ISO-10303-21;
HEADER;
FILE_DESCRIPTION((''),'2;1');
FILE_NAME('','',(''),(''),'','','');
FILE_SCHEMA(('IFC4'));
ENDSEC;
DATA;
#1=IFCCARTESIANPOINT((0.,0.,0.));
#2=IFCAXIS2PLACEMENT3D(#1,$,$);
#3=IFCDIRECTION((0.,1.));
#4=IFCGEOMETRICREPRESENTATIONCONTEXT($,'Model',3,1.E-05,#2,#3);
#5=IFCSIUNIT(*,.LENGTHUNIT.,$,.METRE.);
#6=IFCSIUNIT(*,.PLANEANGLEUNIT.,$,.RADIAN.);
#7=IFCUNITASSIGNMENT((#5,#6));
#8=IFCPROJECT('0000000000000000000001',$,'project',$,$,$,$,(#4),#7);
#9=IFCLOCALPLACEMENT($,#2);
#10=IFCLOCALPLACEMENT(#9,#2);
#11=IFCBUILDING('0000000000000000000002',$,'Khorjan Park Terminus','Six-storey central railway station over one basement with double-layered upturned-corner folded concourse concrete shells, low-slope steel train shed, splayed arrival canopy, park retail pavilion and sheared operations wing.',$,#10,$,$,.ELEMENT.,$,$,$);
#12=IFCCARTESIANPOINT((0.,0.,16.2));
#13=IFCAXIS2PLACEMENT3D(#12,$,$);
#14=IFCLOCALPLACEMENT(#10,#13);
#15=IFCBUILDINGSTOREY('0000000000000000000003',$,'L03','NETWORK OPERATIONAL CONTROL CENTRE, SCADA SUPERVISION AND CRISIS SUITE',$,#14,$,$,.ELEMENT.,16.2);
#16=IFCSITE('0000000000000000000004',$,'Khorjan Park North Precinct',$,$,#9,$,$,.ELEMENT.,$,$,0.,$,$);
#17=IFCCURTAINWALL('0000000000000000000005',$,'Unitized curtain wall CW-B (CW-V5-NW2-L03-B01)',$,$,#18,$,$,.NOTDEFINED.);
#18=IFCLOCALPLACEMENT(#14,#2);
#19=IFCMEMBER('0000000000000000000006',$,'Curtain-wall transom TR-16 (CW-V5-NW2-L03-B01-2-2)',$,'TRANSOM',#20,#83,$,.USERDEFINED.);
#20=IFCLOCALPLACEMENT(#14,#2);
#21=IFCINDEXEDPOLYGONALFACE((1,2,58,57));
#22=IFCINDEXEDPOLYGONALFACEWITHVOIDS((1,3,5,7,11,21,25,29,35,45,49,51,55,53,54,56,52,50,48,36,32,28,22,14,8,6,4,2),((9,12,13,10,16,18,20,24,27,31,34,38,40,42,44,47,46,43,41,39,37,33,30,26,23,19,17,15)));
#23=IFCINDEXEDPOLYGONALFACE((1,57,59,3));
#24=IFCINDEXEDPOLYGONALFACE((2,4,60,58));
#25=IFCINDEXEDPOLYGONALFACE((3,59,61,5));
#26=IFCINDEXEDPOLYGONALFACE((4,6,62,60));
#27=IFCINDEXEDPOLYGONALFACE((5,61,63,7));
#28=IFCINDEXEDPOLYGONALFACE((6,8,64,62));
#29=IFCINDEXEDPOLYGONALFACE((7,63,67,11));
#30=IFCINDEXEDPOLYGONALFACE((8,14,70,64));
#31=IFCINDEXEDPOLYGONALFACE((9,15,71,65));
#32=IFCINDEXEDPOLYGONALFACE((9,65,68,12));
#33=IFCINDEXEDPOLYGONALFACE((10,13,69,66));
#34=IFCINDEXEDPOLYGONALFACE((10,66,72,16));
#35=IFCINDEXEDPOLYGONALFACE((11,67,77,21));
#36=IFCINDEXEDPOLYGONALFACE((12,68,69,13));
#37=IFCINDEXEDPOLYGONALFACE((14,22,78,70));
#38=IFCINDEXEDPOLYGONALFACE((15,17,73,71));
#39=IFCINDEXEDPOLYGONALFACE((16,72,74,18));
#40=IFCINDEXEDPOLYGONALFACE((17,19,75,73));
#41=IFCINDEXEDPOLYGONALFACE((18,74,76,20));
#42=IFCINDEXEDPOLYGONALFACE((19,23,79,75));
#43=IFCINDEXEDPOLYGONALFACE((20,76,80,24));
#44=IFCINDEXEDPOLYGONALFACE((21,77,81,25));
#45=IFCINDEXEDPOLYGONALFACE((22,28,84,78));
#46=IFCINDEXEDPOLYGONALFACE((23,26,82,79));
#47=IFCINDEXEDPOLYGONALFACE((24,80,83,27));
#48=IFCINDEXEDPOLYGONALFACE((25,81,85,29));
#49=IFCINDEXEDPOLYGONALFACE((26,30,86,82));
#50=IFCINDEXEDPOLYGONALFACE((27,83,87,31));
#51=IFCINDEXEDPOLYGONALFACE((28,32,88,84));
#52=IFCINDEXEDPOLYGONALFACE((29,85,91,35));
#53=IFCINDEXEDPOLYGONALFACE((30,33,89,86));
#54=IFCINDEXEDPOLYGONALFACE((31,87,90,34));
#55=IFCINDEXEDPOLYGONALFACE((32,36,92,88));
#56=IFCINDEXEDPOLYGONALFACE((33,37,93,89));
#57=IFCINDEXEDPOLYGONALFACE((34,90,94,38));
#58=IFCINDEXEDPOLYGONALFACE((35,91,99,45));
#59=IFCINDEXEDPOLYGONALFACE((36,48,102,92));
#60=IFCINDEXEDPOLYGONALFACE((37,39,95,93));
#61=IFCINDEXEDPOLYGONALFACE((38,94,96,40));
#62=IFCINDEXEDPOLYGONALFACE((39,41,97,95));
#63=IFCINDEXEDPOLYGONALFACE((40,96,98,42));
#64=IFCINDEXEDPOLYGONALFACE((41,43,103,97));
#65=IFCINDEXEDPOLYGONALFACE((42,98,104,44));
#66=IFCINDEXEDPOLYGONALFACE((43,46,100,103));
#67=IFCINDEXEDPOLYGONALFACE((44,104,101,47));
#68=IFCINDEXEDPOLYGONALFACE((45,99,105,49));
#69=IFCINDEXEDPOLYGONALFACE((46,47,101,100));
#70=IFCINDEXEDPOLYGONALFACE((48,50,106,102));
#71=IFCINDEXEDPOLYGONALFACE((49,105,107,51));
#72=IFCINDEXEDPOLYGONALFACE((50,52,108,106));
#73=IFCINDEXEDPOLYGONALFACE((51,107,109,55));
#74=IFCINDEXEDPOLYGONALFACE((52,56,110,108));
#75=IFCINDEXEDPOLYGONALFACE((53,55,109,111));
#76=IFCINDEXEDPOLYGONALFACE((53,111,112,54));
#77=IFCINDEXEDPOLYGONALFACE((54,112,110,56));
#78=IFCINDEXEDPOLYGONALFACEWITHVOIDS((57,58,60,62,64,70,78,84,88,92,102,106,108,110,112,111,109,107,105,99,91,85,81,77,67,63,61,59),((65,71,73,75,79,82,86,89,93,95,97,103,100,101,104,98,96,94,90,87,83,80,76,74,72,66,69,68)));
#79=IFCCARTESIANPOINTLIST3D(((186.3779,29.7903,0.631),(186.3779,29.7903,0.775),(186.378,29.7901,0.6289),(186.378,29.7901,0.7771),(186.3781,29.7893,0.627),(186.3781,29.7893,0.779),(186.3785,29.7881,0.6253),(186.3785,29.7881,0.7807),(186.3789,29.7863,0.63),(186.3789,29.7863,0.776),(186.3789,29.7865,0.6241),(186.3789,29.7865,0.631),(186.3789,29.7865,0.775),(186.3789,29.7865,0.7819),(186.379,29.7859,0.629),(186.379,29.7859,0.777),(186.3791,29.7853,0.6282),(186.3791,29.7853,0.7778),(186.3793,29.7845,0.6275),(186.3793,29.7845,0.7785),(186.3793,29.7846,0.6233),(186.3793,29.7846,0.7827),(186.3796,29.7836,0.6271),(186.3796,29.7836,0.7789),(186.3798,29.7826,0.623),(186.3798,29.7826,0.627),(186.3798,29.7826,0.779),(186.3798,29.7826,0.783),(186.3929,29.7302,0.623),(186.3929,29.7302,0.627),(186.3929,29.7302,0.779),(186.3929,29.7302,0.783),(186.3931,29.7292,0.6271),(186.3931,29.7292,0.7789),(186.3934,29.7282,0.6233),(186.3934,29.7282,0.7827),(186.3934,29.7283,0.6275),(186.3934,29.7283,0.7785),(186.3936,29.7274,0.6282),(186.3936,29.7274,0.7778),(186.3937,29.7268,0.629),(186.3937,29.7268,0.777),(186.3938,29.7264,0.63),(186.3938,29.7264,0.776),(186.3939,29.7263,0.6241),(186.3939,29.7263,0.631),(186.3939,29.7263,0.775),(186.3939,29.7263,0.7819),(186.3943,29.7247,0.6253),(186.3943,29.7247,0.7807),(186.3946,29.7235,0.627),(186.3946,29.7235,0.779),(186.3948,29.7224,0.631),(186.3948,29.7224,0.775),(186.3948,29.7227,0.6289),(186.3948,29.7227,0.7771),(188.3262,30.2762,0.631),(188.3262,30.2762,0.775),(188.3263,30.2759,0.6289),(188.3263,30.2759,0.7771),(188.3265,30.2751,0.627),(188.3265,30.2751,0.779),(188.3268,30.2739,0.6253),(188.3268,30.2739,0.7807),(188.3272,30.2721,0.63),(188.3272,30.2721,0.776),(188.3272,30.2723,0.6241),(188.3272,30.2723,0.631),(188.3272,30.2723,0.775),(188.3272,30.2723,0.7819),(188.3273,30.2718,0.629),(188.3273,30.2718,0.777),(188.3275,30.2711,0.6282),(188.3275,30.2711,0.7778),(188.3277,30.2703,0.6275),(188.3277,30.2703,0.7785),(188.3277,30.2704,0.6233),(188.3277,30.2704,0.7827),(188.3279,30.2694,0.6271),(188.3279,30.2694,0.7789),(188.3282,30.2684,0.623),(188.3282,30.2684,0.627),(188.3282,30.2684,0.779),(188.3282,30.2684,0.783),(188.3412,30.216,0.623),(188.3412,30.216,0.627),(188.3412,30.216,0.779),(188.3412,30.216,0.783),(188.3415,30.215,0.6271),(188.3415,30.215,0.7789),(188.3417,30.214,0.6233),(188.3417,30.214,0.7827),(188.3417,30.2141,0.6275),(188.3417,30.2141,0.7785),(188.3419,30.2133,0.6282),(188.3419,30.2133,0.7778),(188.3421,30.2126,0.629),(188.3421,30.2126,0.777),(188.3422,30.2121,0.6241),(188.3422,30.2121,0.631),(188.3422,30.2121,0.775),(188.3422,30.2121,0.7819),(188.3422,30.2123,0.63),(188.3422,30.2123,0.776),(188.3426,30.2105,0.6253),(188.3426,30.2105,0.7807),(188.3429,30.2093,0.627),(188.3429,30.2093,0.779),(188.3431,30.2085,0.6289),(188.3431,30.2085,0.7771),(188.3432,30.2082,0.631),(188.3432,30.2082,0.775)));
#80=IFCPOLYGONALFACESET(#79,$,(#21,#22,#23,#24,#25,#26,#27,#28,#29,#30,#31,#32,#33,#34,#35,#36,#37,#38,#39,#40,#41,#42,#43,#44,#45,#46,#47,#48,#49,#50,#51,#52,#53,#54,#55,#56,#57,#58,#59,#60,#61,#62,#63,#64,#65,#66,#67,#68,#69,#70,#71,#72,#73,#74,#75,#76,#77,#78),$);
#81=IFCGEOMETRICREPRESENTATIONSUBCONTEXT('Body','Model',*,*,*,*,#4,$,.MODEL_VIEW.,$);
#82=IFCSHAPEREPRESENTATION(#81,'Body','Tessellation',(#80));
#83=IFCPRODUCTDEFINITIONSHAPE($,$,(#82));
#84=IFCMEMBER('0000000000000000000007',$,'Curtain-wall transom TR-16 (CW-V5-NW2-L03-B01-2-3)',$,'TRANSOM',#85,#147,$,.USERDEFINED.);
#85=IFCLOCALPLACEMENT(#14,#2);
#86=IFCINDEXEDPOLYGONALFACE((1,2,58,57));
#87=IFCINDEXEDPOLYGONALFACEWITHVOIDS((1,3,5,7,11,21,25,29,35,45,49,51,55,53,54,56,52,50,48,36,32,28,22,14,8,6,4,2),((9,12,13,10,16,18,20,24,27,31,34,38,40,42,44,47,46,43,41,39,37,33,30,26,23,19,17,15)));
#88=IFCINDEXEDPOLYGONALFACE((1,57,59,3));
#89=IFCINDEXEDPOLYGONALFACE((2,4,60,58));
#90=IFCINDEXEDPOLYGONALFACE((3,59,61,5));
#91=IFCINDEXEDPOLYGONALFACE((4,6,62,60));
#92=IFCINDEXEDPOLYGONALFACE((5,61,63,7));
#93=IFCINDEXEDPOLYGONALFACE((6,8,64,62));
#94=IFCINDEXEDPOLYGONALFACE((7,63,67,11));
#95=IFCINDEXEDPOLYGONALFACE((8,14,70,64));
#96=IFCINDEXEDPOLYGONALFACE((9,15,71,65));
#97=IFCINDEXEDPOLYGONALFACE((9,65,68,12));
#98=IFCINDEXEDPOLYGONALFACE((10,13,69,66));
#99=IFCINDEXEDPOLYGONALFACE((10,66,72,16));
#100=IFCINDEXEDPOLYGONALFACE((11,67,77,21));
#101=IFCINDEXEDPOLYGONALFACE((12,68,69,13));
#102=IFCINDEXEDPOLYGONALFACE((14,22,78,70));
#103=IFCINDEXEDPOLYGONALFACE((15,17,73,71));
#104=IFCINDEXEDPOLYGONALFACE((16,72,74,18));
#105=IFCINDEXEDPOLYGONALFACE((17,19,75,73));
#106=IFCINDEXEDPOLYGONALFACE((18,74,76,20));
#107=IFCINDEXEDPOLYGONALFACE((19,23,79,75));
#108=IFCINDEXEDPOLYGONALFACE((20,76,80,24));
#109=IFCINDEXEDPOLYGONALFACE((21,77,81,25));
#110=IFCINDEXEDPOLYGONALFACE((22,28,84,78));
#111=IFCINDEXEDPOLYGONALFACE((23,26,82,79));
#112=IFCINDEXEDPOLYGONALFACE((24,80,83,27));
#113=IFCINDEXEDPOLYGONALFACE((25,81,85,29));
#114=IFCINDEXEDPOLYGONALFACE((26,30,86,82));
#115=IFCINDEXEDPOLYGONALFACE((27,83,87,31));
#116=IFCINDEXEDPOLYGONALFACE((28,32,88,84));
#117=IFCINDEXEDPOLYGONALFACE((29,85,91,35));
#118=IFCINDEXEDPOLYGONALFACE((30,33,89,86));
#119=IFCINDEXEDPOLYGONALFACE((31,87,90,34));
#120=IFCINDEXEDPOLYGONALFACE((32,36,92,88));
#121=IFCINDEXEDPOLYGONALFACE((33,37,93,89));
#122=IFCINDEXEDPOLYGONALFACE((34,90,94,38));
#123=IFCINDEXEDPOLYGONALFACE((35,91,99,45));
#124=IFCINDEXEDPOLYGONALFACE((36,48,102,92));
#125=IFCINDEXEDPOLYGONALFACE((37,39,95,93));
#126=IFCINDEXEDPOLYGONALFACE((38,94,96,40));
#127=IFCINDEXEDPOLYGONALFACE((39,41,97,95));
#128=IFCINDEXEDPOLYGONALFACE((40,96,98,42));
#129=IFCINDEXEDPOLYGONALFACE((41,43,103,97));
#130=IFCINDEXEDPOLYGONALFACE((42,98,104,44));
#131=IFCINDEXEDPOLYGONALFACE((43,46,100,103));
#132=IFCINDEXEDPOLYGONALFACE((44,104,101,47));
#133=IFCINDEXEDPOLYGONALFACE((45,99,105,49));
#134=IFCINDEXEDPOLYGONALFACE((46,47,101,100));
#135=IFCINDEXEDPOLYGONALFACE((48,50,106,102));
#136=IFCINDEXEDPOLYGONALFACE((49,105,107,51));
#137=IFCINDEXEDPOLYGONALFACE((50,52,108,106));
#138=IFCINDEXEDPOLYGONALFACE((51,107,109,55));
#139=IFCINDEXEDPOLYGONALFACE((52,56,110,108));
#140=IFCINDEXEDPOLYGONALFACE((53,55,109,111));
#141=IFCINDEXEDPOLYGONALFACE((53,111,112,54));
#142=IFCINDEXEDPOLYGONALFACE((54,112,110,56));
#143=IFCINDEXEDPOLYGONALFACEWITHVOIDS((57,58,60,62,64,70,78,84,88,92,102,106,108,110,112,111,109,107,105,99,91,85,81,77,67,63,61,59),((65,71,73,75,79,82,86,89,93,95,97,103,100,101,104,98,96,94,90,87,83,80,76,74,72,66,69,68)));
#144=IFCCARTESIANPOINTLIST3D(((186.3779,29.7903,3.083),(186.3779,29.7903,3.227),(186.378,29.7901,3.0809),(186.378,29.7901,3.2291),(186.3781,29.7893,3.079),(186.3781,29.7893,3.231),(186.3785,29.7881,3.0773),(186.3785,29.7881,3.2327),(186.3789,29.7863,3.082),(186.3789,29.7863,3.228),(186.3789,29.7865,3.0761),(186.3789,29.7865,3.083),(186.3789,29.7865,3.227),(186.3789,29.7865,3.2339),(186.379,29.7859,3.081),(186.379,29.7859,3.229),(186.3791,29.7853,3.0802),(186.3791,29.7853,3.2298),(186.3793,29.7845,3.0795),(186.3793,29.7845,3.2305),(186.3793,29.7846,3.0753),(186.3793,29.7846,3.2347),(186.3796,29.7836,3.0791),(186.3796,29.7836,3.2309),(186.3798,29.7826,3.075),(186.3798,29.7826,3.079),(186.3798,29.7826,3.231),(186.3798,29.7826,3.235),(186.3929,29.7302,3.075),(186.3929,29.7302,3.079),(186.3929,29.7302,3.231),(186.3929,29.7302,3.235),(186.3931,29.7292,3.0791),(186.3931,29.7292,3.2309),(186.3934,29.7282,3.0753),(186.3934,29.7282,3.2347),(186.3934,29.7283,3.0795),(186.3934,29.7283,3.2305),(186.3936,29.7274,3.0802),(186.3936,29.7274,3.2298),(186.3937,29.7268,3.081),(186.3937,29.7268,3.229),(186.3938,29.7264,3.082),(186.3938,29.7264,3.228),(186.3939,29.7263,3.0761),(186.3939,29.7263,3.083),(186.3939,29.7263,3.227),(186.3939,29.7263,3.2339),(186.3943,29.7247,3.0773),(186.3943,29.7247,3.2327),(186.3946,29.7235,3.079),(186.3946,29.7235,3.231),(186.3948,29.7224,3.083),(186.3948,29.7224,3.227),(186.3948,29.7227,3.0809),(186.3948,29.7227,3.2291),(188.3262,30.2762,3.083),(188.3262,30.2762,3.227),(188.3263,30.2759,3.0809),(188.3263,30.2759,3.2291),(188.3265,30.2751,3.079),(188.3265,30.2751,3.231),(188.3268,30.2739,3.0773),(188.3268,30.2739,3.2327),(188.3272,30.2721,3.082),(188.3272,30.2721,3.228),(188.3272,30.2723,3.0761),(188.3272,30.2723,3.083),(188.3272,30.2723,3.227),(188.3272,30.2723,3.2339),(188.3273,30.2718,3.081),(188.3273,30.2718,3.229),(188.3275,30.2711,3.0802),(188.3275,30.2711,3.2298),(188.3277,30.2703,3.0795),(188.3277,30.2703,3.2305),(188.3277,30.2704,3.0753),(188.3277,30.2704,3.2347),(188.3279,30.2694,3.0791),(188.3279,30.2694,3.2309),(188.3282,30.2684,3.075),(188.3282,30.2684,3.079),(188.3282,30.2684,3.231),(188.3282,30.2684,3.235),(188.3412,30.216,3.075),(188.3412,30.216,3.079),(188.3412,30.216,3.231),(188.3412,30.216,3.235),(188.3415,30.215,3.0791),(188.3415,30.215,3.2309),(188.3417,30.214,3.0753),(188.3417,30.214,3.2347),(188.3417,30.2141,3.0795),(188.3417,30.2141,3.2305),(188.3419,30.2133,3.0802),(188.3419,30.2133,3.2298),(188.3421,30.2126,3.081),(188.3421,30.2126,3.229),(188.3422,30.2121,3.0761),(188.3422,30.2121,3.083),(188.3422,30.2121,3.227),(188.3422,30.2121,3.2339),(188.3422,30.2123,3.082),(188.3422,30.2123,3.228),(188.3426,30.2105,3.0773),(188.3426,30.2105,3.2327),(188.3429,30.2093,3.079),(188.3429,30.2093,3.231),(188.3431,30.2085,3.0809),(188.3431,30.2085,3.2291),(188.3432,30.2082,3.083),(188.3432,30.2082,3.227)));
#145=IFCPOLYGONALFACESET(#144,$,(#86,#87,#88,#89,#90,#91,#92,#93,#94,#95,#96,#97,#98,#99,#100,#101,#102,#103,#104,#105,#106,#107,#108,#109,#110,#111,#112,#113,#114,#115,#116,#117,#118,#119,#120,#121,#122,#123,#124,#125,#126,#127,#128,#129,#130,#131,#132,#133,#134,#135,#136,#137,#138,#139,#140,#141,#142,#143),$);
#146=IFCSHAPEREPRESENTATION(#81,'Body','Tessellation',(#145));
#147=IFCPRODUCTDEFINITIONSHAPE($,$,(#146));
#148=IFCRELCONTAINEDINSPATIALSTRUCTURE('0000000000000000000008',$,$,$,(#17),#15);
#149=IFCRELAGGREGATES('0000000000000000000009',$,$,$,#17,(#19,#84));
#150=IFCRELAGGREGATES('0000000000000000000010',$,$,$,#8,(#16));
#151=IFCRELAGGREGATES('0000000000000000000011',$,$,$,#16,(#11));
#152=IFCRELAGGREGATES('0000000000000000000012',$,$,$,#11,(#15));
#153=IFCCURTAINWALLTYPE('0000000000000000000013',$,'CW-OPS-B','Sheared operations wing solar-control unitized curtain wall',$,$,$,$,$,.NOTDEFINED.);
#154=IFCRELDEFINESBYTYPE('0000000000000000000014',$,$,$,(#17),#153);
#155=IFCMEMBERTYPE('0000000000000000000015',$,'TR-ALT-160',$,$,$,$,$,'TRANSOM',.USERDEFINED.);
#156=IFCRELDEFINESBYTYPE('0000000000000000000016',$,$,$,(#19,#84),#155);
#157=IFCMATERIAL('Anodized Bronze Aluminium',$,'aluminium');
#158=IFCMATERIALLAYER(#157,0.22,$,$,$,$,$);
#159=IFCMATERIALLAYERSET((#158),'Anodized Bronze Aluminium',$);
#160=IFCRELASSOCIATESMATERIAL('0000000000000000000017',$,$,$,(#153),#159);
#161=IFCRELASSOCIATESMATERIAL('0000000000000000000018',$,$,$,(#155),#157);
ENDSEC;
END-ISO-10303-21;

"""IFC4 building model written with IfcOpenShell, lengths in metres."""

from ifc_helpers import new_model, si_unit, direction, frame, origin, origin_2d, place, context, subcontext, project, spatial, hollow_rectangle, extrude, material, layer, layer_set, material_profile, profile_set, type_object, element, aggregate, save


model = new_model("IFC4")

# Units and contexts
model_context = context("Model", 3, precision=1e-05, world=origin(), true_north=direction((0.0, 1.0)))
body_context = subcontext(model_context, "Body", "Model", "MODEL_VIEW")
ifc_project = project(units=[si_unit("LENGTHUNIT", "METRE"), si_unit("PLANEANGLEUNIT", "RADIAN")], contexts=[model_context])

# Site, building, storey
site_placement = place(None, origin())
site = spatial("IfcSite", under=ifc_project, at=site_placement, Name="Khorjan Park North Precinct", CompositionType="ELEMENT", RefElevation=0.0)
building_placement = place(site_placement, origin())
building = spatial("IfcBuilding", under=site, at=building_placement, Name="Khorjan Park Terminus", Description="Six-storey central railway station over one basement with double-layered upturned-corner folded concourse concrete shells, low-slope steel train shed, splayed arrival canopy, park retail pavilion and sheared operations wing.", CompositionType="ELEMENT")
storey_placement = place(building_placement, frame((0.0, 0.0, 16.2)))
storey = spatial("IfcBuildingStorey", under=building, at=storey_placement, Name="L03", Description="NETWORK OPERATIONAL CONTROL CENTRE, SCADA SUPERVISION AND CRISIS SUITE", CompositionType="ELEMENT", Elevation=16.2)

# Curtain wall
ifc_material_1 = material(Name="Anodized Bronze Aluminium", Category="aluminium")
ifc_layer_1 = layer(ifc_material_1, 0.22)
ifc_layer_set_1 = layer_set([ifc_layer_1], Name="Anodized Bronze Aluminium")
curtain_wall_type = type_object("IfcCurtainWallType", Name="CW-OPS-B", Description="Sheared operations wing solar-control unitized curtain wall", PredefinedType="NOTDEFINED", material=ifc_layer_set_1)
curtain_wall_1_placement = place(storey_placement, origin())
curtain_wall_1 = element("IfcCurtainWall", 1, at=curtain_wall_1_placement, inside=storey, type_object=curtain_wall_type, Name="Unitized curtain wall CW-B (CW-V5-NW2-L03-B01)", PredefinedType="NOTDEFINED")

# Members
ifc_material_profile_1 = material_profile(ifc_material_1, hollow_rectangle(XDim=0.07, YDim=0.16, WallThickness=0.004, InnerFilletRadius=0.004, OuterFilletRadius=0.008, at=origin_2d()), Name="ALT 70x160x4")
ifc_profile_set_1 = profile_set([ifc_material_profile_1], Name="Anodized Bronze Aluminium")
member_type_1 = type_object("IfcMemberType", Name="TR-ALT-160", ElementType="TRANSOM", PredefinedType="USERDEFINED", material=ifc_profile_set_1)
member_1_placement = place(storey_placement, frame((188.3347, 30.2422, 0.703), z_axis=(-0.970292, -0.241938, 0.0), x_axis=(0.241938, -0.970292, 0.0)))
member_1 = element("IfcMember", 2, at=member_1_placement, type_object=member_type_1, Name="Curtain-wall transom TR-16 (CW-V5-NW2-L03-B01-2-2)", ObjectType="TRANSOM", PredefinedType="USERDEFINED", context=body_context, shape_type="SweptSolid", body=[
    extrude(hollow_rectangle(XDim=0.07, YDim=0.16, WallThickness=0.004, InnerFilletRadius=0.004, OuterFilletRadius=0.008, at=origin_2d()), origin(), (0.0, 0.0, 1.0), 2.008),
])
member_2_placement = place(storey_placement, frame((188.3347, 30.2422, 3.155), z_axis=(-0.970292, -0.241938, 0.0), x_axis=(0.241938, -0.970292, 0.0)))
member_2 = element("IfcMember", 3, at=member_2_placement, type_object=member_type_1, Name="Curtain-wall transom TR-16 (CW-V5-NW2-L03-B01-2-3)", ObjectType="TRANSOM", PredefinedType="USERDEFINED", context=body_context, shape_type="SweptSolid", body=[
    extrude(hollow_rectangle(XDim=0.07, YDim=0.16, WallThickness=0.004, InnerFilletRadius=0.004, OuterFilletRadius=0.008, at=origin_2d()), origin(), (0.0, 0.0, 1.0), 2.008),
])

aggregate(curtain_wall_1, [member_1, member_2])

save(model, "model.ifc")
